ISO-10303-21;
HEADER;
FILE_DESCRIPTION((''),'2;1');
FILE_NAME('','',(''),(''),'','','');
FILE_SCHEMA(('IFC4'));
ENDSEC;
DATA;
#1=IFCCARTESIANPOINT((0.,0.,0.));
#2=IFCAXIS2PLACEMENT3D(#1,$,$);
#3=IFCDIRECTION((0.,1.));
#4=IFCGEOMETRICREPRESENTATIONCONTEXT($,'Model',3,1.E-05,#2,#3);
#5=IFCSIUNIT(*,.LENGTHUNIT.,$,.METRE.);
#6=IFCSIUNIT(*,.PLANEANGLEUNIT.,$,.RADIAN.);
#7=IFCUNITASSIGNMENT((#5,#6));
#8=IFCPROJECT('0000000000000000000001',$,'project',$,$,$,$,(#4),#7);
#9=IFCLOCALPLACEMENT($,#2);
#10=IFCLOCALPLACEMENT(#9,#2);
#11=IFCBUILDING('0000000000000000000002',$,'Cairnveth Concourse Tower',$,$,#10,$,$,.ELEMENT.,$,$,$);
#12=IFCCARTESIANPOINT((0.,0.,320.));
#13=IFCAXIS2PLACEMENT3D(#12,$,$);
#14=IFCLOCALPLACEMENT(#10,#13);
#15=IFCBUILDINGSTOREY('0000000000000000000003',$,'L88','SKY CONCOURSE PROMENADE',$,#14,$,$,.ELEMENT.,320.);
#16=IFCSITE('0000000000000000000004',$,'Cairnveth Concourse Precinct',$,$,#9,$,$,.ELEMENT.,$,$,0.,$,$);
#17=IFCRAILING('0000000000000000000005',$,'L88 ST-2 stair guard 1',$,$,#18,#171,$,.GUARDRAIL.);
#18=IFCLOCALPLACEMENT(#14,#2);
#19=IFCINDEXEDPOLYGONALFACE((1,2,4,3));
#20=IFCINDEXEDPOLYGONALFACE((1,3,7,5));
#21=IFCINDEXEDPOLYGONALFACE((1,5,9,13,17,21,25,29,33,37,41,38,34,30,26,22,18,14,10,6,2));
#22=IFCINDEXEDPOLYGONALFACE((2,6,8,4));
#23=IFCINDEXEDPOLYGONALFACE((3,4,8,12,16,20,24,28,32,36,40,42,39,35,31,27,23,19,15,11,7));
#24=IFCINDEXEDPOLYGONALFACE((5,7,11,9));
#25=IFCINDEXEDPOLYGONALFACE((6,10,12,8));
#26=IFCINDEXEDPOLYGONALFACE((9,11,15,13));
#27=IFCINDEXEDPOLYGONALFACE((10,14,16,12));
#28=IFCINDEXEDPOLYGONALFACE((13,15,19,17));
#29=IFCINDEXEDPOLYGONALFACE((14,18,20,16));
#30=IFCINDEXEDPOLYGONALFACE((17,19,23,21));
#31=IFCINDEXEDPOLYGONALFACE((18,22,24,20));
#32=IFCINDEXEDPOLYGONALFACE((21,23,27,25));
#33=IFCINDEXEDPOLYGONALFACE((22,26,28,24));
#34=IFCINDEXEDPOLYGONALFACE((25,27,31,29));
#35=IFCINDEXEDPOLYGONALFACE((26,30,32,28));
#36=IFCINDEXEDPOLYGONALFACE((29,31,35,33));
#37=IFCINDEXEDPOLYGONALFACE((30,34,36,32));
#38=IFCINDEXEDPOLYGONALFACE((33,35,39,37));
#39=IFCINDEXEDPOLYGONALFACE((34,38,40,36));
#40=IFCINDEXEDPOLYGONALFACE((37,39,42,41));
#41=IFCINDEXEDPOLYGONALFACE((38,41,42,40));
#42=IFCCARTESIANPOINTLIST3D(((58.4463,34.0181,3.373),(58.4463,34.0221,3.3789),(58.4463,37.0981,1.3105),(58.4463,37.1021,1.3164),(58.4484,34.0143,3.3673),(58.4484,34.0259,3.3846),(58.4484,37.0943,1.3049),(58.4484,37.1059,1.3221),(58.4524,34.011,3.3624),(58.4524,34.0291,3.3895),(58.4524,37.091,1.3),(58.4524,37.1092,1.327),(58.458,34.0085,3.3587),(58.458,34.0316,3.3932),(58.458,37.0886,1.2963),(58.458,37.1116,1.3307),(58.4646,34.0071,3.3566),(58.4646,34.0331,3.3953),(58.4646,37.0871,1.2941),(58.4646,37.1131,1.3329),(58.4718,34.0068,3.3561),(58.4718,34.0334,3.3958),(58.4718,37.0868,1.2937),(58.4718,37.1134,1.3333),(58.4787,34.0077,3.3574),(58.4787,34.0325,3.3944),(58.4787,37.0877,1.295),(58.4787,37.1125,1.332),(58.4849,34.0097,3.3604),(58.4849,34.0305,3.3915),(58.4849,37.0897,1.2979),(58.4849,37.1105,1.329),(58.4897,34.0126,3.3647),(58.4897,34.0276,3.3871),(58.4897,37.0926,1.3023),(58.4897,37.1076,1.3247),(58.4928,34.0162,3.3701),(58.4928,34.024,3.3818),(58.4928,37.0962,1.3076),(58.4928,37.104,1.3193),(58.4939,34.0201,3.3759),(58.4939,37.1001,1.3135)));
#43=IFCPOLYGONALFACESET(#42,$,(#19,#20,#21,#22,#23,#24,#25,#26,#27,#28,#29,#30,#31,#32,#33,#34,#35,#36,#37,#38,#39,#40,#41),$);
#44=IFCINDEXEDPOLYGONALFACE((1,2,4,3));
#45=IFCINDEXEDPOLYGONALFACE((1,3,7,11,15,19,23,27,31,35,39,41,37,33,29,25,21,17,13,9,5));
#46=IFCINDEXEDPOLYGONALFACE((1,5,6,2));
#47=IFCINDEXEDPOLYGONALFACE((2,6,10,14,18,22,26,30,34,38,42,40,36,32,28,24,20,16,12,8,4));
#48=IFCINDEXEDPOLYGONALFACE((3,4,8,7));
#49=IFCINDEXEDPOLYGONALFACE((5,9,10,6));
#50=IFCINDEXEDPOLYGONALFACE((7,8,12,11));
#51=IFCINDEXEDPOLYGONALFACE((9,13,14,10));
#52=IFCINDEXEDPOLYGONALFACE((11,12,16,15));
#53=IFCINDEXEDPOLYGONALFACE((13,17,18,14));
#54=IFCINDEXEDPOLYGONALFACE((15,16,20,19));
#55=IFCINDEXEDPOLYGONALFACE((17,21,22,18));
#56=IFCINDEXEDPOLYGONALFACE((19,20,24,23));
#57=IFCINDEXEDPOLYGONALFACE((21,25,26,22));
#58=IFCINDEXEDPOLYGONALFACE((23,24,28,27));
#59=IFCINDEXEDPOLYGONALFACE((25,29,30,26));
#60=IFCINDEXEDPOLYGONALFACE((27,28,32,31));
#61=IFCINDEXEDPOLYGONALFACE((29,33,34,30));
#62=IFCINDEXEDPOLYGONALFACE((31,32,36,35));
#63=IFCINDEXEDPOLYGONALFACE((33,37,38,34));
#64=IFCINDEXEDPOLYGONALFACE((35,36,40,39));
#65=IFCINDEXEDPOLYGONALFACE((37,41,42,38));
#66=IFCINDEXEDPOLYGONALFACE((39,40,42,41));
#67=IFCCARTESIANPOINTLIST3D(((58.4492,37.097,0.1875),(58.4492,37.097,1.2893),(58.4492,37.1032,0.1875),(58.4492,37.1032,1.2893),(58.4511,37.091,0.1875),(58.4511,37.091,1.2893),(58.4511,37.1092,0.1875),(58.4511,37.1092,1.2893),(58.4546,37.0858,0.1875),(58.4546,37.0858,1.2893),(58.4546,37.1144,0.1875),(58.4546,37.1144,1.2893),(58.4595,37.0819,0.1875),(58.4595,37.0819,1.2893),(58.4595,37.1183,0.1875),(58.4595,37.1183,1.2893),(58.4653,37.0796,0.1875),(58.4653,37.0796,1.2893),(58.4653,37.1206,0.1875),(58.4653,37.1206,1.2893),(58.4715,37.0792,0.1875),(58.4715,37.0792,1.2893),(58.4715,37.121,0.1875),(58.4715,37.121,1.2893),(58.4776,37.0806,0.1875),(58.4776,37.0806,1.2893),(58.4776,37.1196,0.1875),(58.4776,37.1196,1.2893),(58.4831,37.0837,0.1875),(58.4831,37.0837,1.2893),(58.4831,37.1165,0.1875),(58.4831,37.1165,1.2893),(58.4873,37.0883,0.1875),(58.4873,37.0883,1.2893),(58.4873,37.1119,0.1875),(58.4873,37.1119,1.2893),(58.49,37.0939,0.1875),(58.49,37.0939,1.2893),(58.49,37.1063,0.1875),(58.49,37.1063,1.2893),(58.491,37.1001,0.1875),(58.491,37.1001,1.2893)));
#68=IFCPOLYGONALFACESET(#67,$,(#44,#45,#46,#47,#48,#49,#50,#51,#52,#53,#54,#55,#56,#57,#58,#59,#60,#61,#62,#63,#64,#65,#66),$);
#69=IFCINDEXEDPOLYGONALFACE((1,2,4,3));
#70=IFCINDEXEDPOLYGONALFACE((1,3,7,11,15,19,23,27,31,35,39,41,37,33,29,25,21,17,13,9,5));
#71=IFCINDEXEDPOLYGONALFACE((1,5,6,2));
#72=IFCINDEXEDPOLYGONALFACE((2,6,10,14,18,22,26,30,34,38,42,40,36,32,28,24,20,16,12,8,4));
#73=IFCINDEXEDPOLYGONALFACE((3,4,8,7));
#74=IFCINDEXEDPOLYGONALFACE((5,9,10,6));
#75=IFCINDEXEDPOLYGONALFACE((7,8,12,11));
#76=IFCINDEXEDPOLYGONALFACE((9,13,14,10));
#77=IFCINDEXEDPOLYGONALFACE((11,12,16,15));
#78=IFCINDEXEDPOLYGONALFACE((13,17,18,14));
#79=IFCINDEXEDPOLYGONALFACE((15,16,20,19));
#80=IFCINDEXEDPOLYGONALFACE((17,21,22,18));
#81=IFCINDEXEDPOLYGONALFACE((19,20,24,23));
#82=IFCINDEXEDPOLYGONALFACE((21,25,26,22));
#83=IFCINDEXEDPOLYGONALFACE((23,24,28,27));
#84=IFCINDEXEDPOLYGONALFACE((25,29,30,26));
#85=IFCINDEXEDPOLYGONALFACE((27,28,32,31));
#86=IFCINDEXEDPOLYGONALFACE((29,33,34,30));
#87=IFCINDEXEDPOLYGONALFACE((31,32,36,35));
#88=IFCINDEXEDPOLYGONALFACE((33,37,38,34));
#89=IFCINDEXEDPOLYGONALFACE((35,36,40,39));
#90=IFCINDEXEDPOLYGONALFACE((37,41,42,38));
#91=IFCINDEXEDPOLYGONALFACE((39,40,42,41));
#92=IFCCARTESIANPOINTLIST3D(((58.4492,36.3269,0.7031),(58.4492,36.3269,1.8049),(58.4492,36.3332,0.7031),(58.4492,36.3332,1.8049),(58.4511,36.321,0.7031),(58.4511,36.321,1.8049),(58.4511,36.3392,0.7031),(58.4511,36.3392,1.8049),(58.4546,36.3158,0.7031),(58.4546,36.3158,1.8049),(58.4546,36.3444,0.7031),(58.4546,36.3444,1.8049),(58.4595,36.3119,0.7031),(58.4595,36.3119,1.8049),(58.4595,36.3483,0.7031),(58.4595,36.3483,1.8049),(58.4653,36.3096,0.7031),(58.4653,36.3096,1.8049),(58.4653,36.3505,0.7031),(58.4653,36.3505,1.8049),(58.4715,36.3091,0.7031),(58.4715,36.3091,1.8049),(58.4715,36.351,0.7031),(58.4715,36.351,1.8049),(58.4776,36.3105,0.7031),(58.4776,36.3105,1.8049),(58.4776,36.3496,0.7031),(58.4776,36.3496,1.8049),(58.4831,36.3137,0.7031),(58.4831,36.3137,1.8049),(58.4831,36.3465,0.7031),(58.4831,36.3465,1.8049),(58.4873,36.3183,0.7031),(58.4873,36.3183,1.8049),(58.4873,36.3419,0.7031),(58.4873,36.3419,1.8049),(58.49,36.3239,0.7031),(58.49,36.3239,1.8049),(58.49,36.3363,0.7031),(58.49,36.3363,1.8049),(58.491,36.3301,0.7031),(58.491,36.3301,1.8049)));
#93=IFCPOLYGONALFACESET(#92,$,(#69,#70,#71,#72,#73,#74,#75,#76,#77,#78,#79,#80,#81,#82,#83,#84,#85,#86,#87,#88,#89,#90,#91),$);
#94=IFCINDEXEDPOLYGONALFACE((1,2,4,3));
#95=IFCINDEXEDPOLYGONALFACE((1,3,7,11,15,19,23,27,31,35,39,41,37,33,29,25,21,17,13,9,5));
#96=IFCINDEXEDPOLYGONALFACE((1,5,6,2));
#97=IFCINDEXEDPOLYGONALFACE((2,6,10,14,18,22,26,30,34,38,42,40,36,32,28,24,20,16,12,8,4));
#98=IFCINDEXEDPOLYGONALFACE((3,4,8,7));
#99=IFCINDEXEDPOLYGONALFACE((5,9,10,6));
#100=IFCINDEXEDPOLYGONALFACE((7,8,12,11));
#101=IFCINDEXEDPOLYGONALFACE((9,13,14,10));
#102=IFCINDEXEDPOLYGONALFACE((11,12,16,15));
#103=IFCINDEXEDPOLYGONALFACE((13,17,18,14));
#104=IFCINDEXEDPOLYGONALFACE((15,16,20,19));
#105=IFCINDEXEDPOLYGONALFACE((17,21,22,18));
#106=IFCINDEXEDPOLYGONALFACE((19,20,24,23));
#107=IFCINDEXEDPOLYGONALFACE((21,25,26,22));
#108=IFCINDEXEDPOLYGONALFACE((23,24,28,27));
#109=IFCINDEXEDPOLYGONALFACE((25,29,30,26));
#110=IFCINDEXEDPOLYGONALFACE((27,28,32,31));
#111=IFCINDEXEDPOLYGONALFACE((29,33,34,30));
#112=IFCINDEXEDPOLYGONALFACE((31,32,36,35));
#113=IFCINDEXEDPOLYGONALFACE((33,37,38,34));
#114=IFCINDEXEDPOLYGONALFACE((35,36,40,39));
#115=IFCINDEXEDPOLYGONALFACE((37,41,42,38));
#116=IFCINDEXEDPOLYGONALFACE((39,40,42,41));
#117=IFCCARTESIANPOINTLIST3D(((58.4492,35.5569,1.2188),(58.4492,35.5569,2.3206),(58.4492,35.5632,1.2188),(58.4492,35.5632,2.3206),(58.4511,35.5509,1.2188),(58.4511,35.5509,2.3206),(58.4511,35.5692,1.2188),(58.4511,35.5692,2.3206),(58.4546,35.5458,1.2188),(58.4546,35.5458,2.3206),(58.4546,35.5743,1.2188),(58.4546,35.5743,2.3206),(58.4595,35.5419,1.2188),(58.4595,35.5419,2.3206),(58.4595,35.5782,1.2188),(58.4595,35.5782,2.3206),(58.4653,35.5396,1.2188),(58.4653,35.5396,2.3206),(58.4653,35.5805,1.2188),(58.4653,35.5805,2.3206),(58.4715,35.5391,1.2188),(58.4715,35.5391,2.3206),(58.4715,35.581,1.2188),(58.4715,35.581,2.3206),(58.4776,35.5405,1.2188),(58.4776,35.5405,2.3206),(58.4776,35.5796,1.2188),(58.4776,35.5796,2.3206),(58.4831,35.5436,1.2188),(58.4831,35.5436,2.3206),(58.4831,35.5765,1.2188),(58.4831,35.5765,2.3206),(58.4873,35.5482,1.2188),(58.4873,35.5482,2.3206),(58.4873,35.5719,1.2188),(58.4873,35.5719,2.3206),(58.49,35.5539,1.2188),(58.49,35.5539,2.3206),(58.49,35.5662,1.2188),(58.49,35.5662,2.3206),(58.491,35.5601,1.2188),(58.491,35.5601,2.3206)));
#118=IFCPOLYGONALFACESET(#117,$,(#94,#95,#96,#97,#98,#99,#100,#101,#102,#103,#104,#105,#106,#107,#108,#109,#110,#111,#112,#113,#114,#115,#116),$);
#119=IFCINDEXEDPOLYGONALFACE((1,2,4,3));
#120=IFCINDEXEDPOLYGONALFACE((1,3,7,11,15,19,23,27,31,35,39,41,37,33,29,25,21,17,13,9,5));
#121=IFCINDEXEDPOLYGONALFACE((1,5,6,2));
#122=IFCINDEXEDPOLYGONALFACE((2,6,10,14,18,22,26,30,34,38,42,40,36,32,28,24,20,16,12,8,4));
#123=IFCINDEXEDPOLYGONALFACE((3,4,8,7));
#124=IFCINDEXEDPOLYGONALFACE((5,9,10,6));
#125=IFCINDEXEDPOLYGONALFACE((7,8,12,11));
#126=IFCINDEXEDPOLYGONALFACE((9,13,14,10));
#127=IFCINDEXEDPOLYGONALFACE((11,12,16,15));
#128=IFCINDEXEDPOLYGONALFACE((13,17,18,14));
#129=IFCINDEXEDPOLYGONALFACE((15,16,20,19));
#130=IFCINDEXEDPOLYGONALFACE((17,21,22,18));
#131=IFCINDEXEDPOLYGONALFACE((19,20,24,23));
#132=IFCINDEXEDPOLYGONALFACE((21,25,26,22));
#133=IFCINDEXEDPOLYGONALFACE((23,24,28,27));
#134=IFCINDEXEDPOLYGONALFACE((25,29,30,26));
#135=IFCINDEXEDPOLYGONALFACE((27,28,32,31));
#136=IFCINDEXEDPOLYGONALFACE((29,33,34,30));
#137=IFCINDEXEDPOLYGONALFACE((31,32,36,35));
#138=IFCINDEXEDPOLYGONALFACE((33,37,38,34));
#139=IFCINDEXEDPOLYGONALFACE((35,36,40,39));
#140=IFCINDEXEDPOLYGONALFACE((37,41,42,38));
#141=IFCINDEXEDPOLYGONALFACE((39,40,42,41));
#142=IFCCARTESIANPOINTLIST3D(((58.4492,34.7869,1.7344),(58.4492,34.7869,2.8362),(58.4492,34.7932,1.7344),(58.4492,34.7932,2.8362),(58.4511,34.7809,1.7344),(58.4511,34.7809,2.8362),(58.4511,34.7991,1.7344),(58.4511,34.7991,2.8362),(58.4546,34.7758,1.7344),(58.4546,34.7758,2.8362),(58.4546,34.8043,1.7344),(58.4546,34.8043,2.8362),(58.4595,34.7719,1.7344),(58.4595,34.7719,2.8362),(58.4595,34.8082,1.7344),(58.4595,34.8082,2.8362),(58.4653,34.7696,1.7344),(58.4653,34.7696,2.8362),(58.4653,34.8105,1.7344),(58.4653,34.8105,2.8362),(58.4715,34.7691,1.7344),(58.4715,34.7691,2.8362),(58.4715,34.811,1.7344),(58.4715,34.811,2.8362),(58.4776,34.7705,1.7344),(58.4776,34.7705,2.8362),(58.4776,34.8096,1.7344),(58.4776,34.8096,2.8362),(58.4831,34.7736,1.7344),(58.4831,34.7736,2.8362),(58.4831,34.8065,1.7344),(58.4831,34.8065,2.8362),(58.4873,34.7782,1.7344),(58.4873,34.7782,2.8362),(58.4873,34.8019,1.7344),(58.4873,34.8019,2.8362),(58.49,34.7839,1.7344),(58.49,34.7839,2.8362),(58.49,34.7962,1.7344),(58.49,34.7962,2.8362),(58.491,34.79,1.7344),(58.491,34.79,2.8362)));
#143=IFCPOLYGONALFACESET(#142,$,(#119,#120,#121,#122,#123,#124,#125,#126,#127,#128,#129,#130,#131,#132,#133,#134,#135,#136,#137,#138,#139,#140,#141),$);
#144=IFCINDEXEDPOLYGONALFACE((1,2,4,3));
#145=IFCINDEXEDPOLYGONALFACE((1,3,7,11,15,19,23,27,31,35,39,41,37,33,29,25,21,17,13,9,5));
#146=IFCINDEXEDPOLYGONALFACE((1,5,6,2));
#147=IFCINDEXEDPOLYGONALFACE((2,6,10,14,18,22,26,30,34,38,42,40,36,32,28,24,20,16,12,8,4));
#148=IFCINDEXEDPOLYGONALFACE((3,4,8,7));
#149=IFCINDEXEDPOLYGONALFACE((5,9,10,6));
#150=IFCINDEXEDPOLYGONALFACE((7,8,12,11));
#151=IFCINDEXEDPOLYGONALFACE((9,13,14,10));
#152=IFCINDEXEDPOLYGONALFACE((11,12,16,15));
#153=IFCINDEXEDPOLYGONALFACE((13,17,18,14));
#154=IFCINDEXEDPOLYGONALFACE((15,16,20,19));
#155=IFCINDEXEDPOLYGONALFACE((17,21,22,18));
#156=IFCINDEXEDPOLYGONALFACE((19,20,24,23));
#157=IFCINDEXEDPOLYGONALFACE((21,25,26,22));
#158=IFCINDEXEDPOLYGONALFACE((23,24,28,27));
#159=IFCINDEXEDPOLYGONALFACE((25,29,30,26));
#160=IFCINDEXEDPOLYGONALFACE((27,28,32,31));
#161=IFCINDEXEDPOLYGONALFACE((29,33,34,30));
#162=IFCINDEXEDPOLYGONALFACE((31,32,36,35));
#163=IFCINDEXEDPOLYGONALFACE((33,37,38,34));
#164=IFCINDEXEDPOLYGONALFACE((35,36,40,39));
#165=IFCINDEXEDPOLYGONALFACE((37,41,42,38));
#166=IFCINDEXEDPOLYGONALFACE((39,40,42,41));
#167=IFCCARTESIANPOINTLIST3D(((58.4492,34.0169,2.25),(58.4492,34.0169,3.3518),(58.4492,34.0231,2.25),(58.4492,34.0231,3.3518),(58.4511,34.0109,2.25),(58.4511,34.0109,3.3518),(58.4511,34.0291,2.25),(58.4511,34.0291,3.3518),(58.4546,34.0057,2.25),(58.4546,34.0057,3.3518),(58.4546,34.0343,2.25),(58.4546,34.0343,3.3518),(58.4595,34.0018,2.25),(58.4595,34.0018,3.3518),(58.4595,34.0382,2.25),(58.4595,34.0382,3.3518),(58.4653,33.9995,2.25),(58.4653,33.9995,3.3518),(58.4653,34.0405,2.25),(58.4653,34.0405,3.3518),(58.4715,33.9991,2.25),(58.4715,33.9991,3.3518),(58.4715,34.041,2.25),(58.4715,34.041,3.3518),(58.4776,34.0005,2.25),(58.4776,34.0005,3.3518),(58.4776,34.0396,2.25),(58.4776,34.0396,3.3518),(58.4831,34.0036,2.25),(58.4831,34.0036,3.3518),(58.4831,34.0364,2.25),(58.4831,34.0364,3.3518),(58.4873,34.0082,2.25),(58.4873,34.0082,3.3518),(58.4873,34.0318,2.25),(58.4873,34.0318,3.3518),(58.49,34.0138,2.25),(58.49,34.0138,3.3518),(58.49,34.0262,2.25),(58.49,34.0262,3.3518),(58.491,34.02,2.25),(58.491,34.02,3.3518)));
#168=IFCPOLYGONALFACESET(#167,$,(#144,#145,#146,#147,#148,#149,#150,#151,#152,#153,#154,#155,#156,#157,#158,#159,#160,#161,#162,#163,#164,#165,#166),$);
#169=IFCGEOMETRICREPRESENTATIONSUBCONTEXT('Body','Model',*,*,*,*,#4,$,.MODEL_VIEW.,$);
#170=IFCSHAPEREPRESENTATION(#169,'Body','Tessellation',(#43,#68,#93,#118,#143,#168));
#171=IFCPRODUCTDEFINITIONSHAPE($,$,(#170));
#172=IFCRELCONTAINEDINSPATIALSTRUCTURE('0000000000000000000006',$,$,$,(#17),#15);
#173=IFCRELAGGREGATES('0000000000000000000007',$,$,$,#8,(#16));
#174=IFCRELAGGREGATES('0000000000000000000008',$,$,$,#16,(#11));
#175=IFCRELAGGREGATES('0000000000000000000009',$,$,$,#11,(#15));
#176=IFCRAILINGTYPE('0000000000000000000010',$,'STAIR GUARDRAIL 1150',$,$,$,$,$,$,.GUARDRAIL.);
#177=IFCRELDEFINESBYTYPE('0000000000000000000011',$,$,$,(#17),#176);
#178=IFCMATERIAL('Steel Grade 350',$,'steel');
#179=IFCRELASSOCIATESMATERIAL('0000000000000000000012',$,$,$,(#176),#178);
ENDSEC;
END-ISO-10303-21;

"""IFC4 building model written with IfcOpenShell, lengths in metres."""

from ifc_helpers import new_model, si_unit, direction, frame, origin, origin_2d, place, context, subcontext, project, spatial, circle, extrude, material, type_object, element, save


model = new_model("IFC4")

# Units and contexts
model_context = context("Model", 3, precision=1e-05, world=origin(), true_north=direction((0.0, 1.0)))
body_context = subcontext(model_context, "Body", "Model", "MODEL_VIEW")
ifc_project = project(units=[si_unit("LENGTHUNIT", "METRE"), si_unit("PLANEANGLEUNIT", "RADIAN")], contexts=[model_context])

# Site, building, storey
site_placement = place(None, origin())
site = spatial("IfcSite", under=ifc_project, at=site_placement, Name="Cairnveth Concourse Precinct", CompositionType="ELEMENT", RefElevation=0.0)
building_placement = place(site_placement, origin())
building = spatial("IfcBuilding", under=site, at=building_placement, Name="Cairnveth Concourse Tower", CompositionType="ELEMENT")
storey_placement = place(building_placement, frame((0.0, 0.0, 320.0)))
storey = spatial("IfcBuildingStorey", under=building, at=storey_placement, Name="L88", Description="SKY CONCOURSE PROMENADE", CompositionType="ELEMENT", Elevation=320.0)

# Shared definitions
ifc_material_1 = material(Name="Steel Grade 350", Category="steel")

# Railing
railing_type = type_object("IfcRailingType", Name="STAIR GUARDRAIL 1150", PredefinedType="GUARDRAIL", material=ifc_material_1)
railing_1_placement = place(storey_placement, frame((58.47, 37.1001, 0.1875)))
element("IfcRailing", 1, at=railing_1_placement, inside=storey, type_object=railing_type, Name="L88 ST-2 stair guard 1", PredefinedType="GUARDRAIL", context=body_context, shape_type="SweptSolid", body=[
    extrude(circle(Radius=0.0239, at=origin_2d()), frame((0.0, 0.0, 1.126), z_axis=(0.0, -0.830914, 0.556401), x_axis=(1.0, 0.0, 0.0)), (0.0, 0.0, 1.0), 3.7068),
    extrude(circle(Radius=0.021, at=origin_2d()), origin(), (0.0, 0.0, 1.0), 1.1018),
    extrude(circle(Radius=0.021, at=origin_2d()), frame((0.0, -0.77, 0.5156)), (0.0, 0.0, 1.0), 1.1018),
    extrude(circle(Radius=0.021, at=origin_2d()), frame((0.0, -1.54, 1.0312)), (0.0, 0.0, 1.0), 1.1018),
    extrude(circle(Radius=0.021, at=origin_2d()), frame((0.0, -2.3101, 1.5469)), (0.0, 0.0, 1.0), 1.1018),
    extrude(circle(Radius=0.021, at=origin_2d()), frame((0.0, -3.0801, 2.0625)), (0.0, 0.0, 1.0), 1.1018),
])

save(model, "model.ifc")
